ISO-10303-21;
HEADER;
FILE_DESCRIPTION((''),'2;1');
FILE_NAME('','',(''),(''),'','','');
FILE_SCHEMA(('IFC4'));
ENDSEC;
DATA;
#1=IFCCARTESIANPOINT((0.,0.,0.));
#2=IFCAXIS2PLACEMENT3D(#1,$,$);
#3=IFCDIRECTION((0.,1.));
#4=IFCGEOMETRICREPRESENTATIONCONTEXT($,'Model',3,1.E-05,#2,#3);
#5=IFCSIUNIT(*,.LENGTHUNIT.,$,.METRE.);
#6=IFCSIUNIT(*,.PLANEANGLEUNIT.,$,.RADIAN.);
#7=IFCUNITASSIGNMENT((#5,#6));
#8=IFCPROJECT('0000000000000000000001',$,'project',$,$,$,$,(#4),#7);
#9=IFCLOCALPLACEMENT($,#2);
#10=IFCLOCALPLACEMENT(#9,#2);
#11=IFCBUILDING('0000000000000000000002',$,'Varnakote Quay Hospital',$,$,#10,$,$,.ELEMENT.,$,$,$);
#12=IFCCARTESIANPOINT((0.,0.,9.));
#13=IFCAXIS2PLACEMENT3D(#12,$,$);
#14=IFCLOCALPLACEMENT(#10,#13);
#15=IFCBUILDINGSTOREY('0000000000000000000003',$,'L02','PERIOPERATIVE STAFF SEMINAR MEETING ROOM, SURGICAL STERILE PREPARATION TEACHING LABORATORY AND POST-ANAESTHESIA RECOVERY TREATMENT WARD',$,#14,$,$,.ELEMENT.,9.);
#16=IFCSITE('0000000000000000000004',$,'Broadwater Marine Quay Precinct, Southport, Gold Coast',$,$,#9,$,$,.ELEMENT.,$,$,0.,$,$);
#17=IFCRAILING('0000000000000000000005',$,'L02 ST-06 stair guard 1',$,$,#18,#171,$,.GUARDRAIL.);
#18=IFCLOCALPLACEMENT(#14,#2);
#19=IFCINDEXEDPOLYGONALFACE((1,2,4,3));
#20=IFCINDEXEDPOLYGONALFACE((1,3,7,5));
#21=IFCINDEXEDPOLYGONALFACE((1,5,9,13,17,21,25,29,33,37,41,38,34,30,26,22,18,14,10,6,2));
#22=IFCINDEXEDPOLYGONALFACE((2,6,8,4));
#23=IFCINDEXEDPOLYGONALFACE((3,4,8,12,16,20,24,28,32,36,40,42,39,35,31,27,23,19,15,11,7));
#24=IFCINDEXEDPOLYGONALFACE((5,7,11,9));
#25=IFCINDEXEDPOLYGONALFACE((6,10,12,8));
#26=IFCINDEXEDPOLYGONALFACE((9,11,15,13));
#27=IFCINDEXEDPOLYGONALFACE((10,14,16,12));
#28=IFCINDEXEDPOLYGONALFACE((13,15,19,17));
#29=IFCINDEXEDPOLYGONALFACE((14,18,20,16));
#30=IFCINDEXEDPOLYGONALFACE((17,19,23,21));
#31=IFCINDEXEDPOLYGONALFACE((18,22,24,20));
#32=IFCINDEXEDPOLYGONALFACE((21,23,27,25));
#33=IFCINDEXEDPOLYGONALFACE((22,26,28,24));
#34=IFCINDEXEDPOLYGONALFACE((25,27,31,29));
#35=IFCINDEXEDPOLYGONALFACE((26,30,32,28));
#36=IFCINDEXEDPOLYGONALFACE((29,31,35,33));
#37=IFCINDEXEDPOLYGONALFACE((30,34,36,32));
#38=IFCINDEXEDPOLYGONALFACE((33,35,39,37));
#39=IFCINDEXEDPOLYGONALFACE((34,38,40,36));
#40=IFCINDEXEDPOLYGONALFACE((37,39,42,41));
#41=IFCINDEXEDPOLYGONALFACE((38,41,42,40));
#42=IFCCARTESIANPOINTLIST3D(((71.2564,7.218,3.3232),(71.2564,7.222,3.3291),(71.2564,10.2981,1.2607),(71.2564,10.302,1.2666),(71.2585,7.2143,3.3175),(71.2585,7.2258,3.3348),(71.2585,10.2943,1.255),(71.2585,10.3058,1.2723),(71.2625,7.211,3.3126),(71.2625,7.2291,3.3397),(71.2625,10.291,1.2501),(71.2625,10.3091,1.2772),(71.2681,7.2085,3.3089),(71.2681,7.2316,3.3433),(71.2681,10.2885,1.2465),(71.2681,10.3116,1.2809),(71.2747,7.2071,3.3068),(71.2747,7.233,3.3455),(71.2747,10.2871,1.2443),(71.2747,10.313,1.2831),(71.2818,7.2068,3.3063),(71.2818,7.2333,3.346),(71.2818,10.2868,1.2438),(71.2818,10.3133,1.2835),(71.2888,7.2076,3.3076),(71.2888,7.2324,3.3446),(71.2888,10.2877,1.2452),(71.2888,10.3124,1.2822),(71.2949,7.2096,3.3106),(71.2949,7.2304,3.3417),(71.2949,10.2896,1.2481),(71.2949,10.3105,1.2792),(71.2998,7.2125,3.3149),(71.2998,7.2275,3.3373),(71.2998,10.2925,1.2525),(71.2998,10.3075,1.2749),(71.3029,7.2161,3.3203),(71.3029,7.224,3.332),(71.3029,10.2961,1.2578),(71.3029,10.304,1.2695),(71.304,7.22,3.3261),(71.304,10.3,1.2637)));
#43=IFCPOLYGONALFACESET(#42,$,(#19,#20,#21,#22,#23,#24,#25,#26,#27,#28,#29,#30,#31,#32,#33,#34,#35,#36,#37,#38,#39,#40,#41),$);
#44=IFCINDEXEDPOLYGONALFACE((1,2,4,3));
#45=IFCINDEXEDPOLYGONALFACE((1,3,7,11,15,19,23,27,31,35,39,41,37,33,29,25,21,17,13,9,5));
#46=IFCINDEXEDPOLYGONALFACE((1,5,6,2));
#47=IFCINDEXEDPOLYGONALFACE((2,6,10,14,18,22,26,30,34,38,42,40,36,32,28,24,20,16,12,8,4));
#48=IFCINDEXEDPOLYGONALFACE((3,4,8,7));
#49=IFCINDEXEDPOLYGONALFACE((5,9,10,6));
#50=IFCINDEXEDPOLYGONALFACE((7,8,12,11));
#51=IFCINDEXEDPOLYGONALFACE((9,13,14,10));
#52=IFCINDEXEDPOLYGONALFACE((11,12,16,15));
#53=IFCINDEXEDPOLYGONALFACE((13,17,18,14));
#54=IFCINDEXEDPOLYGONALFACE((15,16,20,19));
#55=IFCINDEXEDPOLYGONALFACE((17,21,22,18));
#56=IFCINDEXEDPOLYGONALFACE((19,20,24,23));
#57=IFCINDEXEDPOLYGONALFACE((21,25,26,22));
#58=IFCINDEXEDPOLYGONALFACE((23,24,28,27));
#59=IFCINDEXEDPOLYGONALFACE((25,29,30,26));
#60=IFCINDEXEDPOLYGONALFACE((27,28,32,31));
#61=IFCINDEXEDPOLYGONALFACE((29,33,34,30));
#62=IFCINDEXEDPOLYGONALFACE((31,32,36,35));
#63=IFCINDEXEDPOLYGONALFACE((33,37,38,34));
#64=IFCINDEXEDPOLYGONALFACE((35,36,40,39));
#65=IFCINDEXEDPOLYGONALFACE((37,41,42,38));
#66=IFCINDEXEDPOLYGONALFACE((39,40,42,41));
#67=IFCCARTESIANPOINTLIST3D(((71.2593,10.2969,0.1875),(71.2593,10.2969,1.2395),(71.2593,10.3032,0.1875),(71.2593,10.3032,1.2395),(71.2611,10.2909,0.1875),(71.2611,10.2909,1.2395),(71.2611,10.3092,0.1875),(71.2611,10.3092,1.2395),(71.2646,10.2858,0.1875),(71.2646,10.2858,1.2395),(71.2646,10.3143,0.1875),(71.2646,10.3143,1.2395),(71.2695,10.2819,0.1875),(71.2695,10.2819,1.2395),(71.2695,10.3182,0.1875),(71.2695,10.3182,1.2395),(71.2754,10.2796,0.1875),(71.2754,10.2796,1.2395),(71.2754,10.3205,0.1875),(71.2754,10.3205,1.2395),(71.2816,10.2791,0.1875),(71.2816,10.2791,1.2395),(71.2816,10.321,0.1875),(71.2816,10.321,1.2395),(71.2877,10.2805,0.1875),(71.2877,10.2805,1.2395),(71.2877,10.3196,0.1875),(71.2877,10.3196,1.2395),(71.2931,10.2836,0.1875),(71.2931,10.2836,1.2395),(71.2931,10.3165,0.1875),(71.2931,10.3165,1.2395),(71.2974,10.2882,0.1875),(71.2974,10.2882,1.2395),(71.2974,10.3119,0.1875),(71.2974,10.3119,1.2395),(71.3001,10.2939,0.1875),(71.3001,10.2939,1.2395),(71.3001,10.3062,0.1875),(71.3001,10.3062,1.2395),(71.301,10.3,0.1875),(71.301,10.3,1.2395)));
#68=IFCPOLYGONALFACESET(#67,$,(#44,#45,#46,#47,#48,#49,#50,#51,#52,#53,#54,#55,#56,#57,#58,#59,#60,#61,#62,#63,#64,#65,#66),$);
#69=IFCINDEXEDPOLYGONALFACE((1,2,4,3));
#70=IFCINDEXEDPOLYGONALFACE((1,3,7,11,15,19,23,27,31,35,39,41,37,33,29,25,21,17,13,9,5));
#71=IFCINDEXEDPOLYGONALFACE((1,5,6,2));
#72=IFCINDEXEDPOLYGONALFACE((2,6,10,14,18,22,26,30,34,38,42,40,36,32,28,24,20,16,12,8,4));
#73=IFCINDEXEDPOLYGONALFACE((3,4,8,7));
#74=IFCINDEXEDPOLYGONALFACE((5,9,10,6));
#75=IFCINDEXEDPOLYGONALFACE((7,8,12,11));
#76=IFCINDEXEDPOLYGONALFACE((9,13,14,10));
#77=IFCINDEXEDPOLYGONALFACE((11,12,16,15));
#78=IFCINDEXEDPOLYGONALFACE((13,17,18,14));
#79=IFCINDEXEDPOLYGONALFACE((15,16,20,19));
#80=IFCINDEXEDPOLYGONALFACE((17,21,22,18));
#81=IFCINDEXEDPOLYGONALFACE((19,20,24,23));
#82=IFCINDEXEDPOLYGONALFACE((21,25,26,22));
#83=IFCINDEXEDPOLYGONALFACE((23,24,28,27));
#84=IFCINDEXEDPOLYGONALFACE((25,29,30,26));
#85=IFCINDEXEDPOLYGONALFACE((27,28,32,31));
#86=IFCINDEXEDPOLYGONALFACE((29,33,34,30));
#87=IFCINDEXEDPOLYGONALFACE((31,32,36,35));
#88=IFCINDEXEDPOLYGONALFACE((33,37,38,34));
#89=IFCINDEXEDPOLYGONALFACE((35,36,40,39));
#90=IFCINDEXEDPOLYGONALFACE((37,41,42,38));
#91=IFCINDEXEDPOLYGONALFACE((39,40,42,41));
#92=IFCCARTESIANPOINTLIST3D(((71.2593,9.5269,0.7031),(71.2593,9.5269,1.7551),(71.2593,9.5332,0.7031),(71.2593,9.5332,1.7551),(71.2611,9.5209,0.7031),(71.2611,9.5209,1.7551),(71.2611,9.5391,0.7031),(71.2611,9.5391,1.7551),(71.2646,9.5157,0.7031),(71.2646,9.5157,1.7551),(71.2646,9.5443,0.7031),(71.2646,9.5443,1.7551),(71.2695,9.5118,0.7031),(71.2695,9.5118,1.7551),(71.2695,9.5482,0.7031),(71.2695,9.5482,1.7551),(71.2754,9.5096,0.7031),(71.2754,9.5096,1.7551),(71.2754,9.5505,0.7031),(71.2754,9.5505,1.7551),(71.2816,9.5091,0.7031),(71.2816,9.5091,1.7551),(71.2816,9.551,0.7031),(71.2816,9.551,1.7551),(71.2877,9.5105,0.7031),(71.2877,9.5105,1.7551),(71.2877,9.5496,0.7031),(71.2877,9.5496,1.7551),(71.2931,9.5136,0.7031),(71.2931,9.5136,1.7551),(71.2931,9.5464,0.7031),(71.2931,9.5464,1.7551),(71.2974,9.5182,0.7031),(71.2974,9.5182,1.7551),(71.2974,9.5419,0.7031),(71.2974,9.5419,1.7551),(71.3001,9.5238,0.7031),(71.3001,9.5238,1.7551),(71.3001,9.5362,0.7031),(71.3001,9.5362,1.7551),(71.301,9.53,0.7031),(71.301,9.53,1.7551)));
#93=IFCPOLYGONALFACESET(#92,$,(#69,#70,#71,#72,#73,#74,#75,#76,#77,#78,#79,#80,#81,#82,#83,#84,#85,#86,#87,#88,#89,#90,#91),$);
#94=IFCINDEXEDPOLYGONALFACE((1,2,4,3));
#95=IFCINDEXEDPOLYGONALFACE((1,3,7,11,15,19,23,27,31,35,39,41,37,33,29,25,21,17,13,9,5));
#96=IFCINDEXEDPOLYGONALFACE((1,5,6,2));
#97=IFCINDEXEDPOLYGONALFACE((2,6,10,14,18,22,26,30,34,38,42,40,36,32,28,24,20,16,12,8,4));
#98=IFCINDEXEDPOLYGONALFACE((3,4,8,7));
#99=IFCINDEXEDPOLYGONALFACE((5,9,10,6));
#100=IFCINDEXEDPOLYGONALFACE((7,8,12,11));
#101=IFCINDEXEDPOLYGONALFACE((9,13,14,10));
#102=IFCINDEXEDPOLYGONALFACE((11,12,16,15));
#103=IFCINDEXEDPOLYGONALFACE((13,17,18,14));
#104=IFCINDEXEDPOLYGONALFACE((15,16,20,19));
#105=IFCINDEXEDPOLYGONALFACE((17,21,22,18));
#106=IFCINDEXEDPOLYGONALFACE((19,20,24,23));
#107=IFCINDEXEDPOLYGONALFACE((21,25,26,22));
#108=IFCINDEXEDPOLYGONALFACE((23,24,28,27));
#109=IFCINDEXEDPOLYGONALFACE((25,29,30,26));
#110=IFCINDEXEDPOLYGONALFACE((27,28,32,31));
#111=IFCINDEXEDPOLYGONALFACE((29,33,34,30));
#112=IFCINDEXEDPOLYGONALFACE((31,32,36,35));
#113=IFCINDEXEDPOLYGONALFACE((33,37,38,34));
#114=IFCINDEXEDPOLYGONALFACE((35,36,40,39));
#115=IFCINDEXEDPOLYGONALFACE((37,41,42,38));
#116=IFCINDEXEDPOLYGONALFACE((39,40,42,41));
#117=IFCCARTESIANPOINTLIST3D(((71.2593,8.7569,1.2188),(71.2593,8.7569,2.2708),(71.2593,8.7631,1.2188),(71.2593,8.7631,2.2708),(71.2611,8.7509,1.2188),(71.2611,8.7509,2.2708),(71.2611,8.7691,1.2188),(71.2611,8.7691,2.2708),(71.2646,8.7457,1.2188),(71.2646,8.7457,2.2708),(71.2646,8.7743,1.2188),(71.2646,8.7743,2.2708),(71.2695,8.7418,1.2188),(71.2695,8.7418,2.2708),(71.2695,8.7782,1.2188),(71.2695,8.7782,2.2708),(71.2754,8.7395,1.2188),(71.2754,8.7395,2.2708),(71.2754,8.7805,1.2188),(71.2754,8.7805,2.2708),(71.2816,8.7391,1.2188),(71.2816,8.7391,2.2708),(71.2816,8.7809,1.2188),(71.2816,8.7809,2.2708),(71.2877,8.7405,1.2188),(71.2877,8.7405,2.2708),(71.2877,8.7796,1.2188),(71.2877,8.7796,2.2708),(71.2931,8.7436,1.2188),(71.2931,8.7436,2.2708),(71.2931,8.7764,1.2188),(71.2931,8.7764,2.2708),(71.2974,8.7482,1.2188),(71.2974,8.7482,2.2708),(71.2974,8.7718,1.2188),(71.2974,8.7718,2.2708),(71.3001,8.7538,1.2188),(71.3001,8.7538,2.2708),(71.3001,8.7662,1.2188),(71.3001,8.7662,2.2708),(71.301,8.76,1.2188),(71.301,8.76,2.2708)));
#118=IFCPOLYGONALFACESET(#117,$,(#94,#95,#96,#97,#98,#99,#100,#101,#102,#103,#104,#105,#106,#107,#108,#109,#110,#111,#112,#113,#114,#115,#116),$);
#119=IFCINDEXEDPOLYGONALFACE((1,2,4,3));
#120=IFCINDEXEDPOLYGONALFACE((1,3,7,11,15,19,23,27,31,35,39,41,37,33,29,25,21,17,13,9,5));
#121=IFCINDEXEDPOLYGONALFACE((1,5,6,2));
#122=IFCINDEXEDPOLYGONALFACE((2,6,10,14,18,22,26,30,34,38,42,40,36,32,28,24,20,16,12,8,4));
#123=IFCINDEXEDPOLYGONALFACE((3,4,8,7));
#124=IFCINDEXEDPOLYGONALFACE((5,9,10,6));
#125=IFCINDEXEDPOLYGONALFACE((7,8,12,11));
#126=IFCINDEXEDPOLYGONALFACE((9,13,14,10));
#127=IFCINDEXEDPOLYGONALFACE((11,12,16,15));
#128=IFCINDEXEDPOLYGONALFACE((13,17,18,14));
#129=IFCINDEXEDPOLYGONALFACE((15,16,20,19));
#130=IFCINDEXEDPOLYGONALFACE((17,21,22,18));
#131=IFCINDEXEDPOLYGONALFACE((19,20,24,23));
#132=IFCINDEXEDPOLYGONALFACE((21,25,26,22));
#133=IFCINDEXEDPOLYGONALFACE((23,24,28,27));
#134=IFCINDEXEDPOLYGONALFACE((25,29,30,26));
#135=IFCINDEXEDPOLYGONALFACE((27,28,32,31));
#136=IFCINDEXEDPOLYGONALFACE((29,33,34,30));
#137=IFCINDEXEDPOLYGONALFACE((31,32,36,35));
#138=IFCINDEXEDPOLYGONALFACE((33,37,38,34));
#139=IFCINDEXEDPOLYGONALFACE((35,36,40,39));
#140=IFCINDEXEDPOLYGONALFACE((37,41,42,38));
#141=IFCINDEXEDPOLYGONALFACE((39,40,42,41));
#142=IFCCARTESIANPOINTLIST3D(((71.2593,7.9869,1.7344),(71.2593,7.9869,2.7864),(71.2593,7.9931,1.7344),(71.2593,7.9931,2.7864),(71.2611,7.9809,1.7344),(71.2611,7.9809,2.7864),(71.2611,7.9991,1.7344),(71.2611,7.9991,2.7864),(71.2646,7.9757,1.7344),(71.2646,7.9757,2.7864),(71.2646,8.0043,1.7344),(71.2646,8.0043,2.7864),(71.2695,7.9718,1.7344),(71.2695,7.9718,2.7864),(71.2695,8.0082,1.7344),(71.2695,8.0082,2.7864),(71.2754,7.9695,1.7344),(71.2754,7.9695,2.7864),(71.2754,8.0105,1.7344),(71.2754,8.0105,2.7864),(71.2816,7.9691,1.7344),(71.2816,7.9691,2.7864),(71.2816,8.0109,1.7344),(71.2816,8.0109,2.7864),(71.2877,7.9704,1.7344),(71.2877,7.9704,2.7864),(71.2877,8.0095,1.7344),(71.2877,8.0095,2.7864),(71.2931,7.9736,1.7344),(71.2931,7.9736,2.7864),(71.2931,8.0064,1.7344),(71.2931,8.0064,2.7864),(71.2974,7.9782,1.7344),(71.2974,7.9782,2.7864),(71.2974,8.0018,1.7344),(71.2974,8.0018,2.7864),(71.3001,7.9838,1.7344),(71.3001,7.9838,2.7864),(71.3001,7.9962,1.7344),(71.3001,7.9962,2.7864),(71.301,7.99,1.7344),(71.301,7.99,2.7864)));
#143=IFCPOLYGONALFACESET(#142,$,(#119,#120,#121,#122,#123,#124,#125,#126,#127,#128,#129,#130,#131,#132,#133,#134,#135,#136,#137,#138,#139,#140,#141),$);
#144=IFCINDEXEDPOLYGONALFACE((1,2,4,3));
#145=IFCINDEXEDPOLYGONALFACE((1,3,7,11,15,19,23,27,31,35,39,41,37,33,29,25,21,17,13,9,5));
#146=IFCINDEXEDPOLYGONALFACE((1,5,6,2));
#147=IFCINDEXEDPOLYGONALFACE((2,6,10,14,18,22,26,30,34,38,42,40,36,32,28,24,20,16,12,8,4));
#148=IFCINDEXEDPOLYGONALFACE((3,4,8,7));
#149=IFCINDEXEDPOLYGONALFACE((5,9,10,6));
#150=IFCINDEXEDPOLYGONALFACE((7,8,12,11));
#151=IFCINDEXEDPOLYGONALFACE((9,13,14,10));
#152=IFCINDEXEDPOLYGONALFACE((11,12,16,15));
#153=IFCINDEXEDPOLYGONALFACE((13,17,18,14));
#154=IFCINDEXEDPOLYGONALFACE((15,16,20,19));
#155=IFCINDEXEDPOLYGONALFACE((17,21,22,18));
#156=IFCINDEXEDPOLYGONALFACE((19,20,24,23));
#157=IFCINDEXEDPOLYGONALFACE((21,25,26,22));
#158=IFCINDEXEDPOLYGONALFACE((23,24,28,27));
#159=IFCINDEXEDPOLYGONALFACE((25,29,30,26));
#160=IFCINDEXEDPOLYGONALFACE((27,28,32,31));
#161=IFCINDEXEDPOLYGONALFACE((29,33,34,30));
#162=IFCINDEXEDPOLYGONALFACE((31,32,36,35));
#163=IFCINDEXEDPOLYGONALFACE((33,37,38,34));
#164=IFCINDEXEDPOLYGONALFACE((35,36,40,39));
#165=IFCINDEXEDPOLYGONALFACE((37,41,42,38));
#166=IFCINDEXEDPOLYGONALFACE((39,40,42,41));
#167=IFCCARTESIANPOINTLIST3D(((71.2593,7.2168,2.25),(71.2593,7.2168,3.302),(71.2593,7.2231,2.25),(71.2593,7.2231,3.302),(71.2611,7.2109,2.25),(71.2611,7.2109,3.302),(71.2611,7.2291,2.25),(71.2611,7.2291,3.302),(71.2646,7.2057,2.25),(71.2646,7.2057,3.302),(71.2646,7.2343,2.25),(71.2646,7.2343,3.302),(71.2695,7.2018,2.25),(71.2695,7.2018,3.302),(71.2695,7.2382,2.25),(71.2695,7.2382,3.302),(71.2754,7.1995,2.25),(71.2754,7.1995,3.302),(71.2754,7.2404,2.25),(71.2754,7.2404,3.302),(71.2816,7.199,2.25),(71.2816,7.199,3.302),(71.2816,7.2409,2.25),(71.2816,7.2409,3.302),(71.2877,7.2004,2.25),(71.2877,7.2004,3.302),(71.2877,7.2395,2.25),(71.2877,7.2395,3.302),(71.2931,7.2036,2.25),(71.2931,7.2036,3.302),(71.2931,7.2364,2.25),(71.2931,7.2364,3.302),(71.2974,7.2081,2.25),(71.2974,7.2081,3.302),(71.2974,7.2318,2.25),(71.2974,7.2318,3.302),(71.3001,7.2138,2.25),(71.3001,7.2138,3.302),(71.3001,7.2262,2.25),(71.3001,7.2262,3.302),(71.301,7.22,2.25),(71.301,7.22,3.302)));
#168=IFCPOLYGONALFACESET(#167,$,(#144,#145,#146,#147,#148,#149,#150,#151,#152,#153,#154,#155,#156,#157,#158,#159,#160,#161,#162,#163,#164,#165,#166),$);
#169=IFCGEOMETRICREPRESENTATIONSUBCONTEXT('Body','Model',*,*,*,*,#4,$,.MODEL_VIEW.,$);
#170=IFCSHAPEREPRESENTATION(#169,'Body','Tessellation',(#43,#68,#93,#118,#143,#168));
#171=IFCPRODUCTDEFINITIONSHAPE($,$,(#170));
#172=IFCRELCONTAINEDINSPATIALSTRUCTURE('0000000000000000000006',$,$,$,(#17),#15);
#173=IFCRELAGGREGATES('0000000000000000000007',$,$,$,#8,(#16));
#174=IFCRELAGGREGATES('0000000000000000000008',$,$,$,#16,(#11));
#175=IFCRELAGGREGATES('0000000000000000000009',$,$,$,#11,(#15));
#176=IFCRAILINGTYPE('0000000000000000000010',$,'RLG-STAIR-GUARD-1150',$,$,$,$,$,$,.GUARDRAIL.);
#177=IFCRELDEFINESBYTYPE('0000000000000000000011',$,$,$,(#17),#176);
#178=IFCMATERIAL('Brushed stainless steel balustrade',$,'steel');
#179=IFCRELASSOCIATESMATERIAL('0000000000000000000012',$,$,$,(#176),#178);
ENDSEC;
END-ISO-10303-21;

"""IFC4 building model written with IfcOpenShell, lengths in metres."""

from ifc_helpers import new_model, si_unit, direction, frame, origin, origin_2d, place, context, subcontext, project, spatial, circle, extrude, material, type_object, element, save


model = new_model("IFC4")

# Units and contexts
model_context = context("Model", 3, precision=1e-05, world=origin(), true_north=direction((0.0, 1.0)))
body_context = subcontext(model_context, "Body", "Model", "MODEL_VIEW")
ifc_project = project(units=[si_unit("LENGTHUNIT", "METRE"), si_unit("PLANEANGLEUNIT", "RADIAN")], contexts=[model_context])

# Site, building, storey
site_placement = place(None, origin())
site = spatial("IfcSite", under=ifc_project, at=site_placement, Name="Broadwater Marine Quay Precinct, Southport, Gold Coast", CompositionType="ELEMENT", RefElevation=0.0)
building_placement = place(site_placement, origin())
building = spatial("IfcBuilding", under=site, at=building_placement, Name="Varnakote Quay Hospital", CompositionType="ELEMENT")
storey_placement = place(building_placement, frame((0.0, 0.0, 9.0)))
storey = spatial("IfcBuildingStorey", under=building, at=storey_placement, Name="L02", Description="PERIOPERATIVE STAFF SEMINAR MEETING ROOM, SURGICAL STERILE PREPARATION TEACHING LABORATORY AND POST-ANAESTHESIA RECOVERY TREATMENT WARD", CompositionType="ELEMENT", Elevation=9.0)

# Railing
ifc_material_1 = material(Name="Brushed stainless steel balustrade", Category="steel")
railing_type_1 = type_object("IfcRailingType", Name="RLG-STAIR-GUARD-1150", PredefinedType="GUARDRAIL", material=ifc_material_1)
railing_1_placement = place(storey_placement, frame((71.28, 10.3, 0.1875)))
element("IfcRailing", 1, at=railing_1_placement, inside=storey, type_object=railing_type_1, Name="L02 ST-06 stair guard 1", PredefinedType="GUARDRAIL", context=body_context, shape_type="SweptSolid", body=[
    extrude(circle(Radius=0.0239, at=origin_2d()), frame((0.0, 0.0, 1.0762), z_axis=(0.0, -0.830914, 0.556401), x_axis=(1.0, 0.0, 0.0)), (0.0, 0.0, 1.0), 3.7068),
    extrude(circle(Radius=0.021, at=origin_2d()), origin(), (0.0, 0.0, 1.0), 1.052),
    extrude(circle(Radius=0.021, at=origin_2d()), frame((0.0, -0.77, 0.5156)), (0.0, 0.0, 1.0), 1.052),
    extrude(circle(Radius=0.021, at=origin_2d()), frame((0.0, -1.54, 1.0312)), (0.0, 0.0, 1.0), 1.052),
    extrude(circle(Radius=0.021, at=origin_2d()), frame((0.0, -2.3101, 1.5469)), (0.0, 0.0, 1.0), 1.052),
    extrude(circle(Radius=0.021, at=origin_2d()), frame((0.0, -3.0801, 2.0625)), (0.0, 0.0, 1.0), 1.052),
])

save(model, "model.ifc")
